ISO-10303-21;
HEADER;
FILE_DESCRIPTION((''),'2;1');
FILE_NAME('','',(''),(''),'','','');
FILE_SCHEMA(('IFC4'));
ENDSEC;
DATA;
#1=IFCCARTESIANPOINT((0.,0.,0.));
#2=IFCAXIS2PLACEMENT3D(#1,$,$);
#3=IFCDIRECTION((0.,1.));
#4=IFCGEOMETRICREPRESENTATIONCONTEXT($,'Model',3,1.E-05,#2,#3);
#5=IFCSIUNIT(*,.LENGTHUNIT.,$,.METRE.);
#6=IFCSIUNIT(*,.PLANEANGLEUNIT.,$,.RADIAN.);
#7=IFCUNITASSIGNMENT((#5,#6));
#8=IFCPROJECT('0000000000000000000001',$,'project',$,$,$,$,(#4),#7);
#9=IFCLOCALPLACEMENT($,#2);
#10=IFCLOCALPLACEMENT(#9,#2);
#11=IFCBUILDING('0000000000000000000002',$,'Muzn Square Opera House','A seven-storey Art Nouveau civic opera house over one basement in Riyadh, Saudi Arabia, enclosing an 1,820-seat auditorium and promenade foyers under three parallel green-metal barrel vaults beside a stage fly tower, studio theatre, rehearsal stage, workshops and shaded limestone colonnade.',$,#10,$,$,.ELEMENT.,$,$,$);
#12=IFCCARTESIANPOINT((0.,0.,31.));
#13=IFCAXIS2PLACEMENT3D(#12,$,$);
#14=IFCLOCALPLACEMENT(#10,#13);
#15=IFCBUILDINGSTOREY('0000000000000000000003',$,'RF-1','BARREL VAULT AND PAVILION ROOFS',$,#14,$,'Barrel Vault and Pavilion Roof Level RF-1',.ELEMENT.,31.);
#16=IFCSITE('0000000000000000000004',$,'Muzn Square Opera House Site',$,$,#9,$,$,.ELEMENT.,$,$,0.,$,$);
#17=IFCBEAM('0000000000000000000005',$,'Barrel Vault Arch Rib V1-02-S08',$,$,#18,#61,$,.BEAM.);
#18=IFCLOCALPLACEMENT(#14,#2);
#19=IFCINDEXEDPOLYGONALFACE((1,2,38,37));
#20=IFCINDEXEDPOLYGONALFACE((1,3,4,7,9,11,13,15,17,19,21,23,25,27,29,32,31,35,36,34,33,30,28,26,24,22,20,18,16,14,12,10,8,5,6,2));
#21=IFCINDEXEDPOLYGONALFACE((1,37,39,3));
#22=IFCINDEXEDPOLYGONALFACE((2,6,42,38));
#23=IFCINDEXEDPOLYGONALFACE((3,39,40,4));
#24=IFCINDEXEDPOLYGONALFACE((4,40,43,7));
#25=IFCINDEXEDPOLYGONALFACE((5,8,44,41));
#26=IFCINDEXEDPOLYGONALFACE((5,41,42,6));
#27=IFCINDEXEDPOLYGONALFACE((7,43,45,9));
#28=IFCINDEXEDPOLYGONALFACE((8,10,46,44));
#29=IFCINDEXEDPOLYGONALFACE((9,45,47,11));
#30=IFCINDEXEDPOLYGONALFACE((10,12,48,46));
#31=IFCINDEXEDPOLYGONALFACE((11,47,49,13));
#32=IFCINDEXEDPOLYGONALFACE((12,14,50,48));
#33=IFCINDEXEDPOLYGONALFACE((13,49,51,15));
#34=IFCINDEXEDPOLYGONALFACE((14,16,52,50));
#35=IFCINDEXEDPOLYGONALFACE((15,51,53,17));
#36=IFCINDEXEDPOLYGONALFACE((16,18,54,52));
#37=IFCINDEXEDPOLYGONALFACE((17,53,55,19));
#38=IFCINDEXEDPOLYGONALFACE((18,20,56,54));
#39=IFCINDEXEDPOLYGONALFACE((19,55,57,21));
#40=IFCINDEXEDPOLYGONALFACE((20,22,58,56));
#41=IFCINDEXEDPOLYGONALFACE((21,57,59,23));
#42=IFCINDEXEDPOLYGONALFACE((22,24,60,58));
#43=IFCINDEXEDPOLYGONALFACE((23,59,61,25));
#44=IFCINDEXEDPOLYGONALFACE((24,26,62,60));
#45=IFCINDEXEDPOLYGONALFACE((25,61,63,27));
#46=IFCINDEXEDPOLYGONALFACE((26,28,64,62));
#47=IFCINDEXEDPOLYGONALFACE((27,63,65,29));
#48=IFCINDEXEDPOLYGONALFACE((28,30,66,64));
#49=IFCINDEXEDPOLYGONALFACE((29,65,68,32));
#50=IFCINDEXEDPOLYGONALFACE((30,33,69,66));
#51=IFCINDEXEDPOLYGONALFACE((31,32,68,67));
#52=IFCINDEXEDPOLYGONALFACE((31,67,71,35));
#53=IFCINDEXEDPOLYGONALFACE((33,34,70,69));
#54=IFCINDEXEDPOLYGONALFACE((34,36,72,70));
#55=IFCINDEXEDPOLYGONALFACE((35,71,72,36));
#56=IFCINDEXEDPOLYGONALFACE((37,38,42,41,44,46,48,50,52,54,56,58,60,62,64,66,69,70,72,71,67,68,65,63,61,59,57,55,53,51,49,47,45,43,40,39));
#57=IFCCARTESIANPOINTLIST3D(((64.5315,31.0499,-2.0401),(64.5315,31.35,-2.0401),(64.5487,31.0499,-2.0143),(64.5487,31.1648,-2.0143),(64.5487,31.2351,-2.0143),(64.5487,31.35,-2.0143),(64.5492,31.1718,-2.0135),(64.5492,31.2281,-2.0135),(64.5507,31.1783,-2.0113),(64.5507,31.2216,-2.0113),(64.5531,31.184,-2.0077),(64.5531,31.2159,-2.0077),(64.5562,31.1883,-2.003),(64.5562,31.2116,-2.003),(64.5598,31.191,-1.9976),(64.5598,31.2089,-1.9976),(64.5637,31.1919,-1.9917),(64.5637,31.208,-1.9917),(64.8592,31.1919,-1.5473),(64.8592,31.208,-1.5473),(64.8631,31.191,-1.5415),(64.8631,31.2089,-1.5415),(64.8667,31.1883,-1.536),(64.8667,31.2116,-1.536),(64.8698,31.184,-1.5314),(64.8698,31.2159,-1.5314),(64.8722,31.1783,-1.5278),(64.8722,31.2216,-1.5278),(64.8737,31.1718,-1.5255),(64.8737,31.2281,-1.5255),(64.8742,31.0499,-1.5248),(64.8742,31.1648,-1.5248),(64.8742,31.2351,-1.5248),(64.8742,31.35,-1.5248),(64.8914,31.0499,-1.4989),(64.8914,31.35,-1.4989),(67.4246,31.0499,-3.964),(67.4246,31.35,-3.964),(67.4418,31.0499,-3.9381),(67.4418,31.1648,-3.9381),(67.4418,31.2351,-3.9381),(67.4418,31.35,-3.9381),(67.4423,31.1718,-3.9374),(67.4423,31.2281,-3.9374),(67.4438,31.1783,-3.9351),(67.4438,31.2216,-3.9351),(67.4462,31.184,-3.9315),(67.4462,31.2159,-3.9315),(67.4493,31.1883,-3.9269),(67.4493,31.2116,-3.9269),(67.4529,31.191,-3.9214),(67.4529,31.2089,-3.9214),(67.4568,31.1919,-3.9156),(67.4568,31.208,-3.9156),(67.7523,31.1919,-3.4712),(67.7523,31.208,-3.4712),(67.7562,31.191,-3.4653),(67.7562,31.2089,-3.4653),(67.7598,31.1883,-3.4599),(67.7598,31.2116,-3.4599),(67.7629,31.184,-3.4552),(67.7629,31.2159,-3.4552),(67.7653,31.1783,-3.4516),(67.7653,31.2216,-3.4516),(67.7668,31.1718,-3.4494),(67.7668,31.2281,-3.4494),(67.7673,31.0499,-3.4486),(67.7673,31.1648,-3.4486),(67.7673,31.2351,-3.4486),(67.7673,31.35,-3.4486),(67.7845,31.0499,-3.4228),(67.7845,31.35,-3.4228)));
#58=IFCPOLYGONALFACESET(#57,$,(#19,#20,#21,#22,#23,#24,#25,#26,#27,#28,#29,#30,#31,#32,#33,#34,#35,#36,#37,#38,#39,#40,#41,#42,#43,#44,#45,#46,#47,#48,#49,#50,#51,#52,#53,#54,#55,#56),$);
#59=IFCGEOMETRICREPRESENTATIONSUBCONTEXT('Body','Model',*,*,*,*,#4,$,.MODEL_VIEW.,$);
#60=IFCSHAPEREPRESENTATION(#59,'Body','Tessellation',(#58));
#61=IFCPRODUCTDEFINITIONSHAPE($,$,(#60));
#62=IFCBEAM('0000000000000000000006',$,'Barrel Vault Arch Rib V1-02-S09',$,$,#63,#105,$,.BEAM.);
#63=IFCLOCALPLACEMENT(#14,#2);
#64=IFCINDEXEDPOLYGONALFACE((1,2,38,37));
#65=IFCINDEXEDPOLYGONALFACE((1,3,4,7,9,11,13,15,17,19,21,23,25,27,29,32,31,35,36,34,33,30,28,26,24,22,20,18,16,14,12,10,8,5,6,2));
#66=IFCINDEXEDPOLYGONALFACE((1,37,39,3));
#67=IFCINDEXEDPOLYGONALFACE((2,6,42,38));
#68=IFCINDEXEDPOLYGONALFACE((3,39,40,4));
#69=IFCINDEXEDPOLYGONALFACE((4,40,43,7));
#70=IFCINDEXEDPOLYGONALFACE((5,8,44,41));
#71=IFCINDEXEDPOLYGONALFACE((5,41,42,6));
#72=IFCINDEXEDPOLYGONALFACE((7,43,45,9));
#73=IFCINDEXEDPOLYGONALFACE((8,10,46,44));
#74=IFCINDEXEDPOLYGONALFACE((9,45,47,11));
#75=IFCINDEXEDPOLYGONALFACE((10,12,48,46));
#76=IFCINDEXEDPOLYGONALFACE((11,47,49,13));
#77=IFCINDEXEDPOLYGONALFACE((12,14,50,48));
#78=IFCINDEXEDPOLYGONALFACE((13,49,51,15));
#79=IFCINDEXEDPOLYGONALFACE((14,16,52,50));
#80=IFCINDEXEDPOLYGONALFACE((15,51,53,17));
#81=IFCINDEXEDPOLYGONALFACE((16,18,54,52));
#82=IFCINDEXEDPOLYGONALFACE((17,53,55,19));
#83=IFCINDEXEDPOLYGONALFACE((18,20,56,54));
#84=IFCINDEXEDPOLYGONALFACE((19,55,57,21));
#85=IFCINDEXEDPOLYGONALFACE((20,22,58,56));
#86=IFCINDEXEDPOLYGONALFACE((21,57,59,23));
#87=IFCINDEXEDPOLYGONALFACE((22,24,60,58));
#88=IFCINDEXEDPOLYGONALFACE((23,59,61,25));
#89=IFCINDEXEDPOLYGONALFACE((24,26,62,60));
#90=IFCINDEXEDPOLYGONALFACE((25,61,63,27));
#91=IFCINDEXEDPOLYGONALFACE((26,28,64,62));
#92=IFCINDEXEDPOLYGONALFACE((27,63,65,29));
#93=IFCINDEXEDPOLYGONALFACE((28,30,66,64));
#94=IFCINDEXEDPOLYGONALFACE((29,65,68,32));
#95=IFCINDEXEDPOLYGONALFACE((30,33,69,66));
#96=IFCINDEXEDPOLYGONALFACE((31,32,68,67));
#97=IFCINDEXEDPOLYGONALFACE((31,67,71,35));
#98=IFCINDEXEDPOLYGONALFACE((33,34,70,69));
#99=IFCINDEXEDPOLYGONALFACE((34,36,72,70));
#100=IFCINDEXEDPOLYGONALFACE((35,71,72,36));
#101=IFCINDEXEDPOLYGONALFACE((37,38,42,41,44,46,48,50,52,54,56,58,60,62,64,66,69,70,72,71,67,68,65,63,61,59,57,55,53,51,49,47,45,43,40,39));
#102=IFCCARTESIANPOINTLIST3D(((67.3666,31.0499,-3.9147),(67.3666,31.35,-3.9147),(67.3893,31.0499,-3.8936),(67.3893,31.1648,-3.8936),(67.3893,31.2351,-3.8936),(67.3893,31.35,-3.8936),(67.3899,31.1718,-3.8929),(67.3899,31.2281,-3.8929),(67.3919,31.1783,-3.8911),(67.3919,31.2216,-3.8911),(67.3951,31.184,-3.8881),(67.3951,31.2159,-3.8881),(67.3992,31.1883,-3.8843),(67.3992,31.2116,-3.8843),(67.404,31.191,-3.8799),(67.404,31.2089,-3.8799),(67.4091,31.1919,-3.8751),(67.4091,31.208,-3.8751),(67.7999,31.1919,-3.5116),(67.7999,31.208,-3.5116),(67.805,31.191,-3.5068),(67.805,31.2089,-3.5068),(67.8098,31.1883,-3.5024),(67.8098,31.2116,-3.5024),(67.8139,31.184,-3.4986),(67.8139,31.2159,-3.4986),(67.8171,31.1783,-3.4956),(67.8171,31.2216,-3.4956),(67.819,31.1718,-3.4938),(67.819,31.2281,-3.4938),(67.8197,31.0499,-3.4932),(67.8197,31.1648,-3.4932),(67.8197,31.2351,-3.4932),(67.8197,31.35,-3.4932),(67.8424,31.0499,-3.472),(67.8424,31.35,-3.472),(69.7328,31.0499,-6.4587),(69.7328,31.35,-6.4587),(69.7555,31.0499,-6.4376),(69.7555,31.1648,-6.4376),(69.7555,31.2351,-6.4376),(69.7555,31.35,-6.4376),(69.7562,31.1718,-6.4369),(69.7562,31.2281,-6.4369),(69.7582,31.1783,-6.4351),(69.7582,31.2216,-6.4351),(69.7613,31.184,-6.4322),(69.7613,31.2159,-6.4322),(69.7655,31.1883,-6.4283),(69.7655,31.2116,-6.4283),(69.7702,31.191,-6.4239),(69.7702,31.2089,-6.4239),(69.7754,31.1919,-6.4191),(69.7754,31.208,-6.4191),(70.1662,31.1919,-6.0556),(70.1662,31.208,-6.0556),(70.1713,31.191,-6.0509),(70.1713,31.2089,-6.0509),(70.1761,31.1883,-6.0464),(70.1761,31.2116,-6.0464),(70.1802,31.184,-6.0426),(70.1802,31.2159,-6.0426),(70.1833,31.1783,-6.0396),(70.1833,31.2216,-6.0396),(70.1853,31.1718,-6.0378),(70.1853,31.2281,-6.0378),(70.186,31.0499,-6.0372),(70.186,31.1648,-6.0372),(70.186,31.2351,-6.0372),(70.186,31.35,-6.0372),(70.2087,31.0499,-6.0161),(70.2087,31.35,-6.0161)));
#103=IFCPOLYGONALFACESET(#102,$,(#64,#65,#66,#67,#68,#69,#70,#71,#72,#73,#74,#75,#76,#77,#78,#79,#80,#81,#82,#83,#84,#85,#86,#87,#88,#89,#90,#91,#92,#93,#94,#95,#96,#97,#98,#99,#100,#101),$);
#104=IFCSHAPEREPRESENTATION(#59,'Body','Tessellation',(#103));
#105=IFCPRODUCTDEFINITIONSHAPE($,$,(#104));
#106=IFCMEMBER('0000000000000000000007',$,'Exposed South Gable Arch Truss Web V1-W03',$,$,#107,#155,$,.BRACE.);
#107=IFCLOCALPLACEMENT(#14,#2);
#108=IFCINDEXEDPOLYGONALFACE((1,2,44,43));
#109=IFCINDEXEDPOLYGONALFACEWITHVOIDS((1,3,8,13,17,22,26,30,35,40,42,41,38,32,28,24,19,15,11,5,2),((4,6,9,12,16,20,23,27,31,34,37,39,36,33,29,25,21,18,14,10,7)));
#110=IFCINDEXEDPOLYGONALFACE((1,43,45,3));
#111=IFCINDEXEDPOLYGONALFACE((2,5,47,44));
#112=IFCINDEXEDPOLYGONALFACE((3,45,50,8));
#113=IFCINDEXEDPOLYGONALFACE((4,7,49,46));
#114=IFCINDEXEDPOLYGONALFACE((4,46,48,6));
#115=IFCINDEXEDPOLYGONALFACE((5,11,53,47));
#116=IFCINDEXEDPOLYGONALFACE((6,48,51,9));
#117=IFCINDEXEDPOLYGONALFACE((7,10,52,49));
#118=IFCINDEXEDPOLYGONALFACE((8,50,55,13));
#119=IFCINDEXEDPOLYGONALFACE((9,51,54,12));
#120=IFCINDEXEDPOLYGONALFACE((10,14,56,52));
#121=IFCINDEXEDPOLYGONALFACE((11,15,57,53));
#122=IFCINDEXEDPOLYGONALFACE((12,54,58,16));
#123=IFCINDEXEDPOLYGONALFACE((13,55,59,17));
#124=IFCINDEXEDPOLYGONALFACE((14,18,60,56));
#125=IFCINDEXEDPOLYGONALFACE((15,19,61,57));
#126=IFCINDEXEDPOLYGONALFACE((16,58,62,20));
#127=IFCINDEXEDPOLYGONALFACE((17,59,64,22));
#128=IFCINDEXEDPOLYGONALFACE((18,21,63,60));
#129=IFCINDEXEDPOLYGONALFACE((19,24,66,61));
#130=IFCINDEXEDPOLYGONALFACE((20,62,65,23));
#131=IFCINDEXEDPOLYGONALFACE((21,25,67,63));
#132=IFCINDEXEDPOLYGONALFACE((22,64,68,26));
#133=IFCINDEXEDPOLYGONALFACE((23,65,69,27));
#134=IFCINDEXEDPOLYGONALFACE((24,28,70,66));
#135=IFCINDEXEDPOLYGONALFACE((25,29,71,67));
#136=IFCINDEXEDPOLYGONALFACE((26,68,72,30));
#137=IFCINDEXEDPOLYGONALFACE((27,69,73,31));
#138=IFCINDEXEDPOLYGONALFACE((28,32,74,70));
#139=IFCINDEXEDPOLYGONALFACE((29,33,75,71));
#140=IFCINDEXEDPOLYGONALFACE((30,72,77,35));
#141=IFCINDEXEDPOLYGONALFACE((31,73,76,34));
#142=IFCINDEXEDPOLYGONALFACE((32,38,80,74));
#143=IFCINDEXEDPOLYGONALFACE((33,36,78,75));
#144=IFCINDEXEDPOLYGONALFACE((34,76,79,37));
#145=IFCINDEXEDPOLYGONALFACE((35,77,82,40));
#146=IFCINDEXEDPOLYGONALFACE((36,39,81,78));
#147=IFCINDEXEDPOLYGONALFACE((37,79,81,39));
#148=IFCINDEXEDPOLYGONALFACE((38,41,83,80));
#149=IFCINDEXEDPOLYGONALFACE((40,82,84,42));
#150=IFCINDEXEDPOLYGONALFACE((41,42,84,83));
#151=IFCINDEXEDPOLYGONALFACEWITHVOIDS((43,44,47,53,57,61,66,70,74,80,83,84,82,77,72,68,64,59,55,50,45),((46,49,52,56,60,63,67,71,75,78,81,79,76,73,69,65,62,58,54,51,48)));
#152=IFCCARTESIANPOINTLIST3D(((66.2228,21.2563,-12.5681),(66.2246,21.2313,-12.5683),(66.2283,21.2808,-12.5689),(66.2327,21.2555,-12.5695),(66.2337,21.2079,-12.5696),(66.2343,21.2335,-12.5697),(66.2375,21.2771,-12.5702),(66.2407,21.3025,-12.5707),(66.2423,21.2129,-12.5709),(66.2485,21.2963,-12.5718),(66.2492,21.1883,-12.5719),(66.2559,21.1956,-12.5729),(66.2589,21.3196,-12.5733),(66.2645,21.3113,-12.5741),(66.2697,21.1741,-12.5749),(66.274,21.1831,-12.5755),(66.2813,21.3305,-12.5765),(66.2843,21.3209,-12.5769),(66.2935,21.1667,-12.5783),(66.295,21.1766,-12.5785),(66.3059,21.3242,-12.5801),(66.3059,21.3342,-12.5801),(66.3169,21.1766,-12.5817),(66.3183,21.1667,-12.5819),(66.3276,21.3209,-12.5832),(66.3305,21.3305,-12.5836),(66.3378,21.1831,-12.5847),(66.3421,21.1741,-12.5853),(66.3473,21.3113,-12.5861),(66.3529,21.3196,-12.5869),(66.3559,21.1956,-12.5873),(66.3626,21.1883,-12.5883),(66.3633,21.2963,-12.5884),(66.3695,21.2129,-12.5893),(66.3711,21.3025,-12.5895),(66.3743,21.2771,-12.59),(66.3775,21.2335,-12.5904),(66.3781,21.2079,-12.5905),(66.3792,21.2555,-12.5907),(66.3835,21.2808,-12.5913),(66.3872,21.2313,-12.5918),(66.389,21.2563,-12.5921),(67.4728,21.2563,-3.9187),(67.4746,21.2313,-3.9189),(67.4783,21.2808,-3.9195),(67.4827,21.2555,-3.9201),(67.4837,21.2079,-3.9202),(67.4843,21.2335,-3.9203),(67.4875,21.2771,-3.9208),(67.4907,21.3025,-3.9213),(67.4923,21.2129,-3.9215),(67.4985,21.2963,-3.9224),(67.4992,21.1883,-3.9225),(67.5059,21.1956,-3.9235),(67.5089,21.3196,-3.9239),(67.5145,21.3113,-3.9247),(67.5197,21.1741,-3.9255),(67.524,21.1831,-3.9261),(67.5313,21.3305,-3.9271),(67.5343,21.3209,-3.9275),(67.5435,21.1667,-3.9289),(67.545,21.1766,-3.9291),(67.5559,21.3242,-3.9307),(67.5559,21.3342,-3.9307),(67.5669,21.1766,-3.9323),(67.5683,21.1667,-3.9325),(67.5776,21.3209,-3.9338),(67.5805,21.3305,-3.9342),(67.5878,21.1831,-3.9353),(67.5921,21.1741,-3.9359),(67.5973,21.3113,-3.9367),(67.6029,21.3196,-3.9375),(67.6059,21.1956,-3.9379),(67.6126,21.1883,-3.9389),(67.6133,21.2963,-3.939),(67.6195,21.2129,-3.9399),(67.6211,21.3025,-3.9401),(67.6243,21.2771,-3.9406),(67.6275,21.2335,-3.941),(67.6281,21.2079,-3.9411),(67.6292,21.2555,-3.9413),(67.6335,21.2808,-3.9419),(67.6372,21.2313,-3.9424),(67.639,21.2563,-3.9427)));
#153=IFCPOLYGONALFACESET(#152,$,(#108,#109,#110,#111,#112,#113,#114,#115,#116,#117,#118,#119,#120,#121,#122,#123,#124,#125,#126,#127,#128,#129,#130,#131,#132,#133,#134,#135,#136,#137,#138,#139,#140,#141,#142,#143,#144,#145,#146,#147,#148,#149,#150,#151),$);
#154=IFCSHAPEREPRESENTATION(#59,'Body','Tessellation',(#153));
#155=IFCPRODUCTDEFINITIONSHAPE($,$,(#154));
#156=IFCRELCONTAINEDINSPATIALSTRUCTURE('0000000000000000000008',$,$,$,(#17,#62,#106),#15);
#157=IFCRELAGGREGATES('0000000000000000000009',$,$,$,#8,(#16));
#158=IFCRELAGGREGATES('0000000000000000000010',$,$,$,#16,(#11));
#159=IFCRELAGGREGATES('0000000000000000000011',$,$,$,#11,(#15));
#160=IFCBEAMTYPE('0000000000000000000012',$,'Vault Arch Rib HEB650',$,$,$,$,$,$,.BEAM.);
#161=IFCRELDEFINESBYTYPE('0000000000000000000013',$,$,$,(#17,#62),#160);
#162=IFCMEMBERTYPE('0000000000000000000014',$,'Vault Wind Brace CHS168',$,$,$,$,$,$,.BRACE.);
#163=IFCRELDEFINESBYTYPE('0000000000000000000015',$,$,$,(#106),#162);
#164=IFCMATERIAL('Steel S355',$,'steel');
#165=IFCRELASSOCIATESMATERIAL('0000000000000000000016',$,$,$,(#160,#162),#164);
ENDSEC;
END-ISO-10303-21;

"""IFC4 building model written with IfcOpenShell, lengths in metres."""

from ifc_helpers import new_model, si_unit, direction, frame, origin, origin_2d, place, context, subcontext, project, spatial, hollow_circle, i_section, extrude, material, material_profile, profile_set, type_object, element, save


model = new_model("IFC4")

# Units and contexts
model_context = context("Model", 3, precision=1e-05, world=origin(), true_north=direction((0.0, 1.0)))
body_context = subcontext(model_context, "Body", "Model", "MODEL_VIEW")
ifc_project = project(units=[si_unit("LENGTHUNIT", "METRE"), si_unit("PLANEANGLEUNIT", "RADIAN")], contexts=[model_context])

# Site, building, storey
site_placement = place(None, origin())
site = spatial("IfcSite", under=ifc_project, at=site_placement, Name="Muzn Square Opera House Site", CompositionType="ELEMENT", RefElevation=0.0)
building_placement = place(site_placement, origin())
building = spatial("IfcBuilding", under=site, at=building_placement, Name="Muzn Square Opera House", Description="A seven-storey Art Nouveau civic opera house over one basement in Riyadh, Saudi Arabia, enclosing an 1,820-seat auditorium and promenade foyers under three parallel green-metal barrel vaults beside a stage fly tower, studio theatre, rehearsal stage, workshops and shaded limestone colonnade.", CompositionType="ELEMENT")
storey_placement = place(building_placement, frame((0.0, 0.0, 31.0)))
storey = spatial("IfcBuildingStorey", under=building, at=storey_placement, Name="RF-1", Description="BARREL VAULT AND PAVILION ROOFS", LongName="Barrel Vault and Pavilion Roof Level RF-1", CompositionType="ELEMENT", Elevation=31.0)

# Beams
ifc_material_1 = material(Name="Steel S355", Category="steel")
ifc_material_profile_1 = material_profile(ifc_material_1, i_section(OverallWidth=0.3, OverallDepth=0.6499, WebThickness=0.0161, FlangeThickness=0.031, FilletRadius=0.0271, at=origin_2d()), Name="HEB 650", Category="steel")
ifc_profile_set_1 = profile_set([ifc_material_profile_1], Name="Steel S355")
beam_type_1 = type_object("IfcBeamType", Name="Vault Arch Rib HEB650", PredefinedType="BEAM", material=ifc_profile_set_1)
for number, where, z_axis, x_axis, name in (
    (1, (64.7114, 31.2, -1.7695), (0.832698, 0.0, -0.553727), (0.0, 1.0, 0.0), "Barrel Vault Arch Rib V1-02-S08"),
    (2, (67.6045, 31.2, -3.6934), (0.681065, 0.0, -0.732223), (0.0, 1.0, 0.0), "Barrel Vault Arch Rib V1-02-S09"),
):
    element("IfcBeam", number, at=place(storey_placement, frame(where, z_axis=z_axis, x_axis=x_axis)), inside=storey, type_object=beam_type_1, Name=name, PredefinedType="BEAM", context=body_context, shape_type="SweptSolid", body=[
        extrude(i_section(OverallWidth=0.3, OverallDepth=0.6499, WebThickness=0.0161, FlangeThickness=0.031, FilletRadius=0.0271, at=origin_2d()), origin(), (0.0, 0.0, 1.0), 3.4744),
    ])

# Member
ifc_material_profile_2 = material_profile(ifc_material_1, hollow_circle(Radius=0.0842, WallThickness=0.01, at=origin_2d()), Name="CHS 168.3x10", Category="steel")
ifc_profile_set_2 = profile_set([ifc_material_profile_2], Name="Steel S355")
member_type = type_object("IfcMemberType", Name="Vault Wind Brace CHS168", PredefinedType="BRACE", material=ifc_profile_set_2)
member_1_placement = place(storey_placement, frame((66.3059, 21.25, -12.5801), z_axis=(0.143033, 0.0, 0.989718), x_axis=(0.0, 1.0, 0.0)))
element("IfcMember", 3, at=member_1_placement, inside=storey, type_object=member_type, Name="Exposed South Gable Arch Truss Web V1-W03", PredefinedType="BRACE", context=body_context, shape_type="SweptSolid", body=[
    extrude(hollow_circle(Radius=0.0842, WallThickness=0.01, at=origin_2d()), origin(), (0.0, 0.0, 1.0), 8.7393),
])

save(model, "model.ifc")
